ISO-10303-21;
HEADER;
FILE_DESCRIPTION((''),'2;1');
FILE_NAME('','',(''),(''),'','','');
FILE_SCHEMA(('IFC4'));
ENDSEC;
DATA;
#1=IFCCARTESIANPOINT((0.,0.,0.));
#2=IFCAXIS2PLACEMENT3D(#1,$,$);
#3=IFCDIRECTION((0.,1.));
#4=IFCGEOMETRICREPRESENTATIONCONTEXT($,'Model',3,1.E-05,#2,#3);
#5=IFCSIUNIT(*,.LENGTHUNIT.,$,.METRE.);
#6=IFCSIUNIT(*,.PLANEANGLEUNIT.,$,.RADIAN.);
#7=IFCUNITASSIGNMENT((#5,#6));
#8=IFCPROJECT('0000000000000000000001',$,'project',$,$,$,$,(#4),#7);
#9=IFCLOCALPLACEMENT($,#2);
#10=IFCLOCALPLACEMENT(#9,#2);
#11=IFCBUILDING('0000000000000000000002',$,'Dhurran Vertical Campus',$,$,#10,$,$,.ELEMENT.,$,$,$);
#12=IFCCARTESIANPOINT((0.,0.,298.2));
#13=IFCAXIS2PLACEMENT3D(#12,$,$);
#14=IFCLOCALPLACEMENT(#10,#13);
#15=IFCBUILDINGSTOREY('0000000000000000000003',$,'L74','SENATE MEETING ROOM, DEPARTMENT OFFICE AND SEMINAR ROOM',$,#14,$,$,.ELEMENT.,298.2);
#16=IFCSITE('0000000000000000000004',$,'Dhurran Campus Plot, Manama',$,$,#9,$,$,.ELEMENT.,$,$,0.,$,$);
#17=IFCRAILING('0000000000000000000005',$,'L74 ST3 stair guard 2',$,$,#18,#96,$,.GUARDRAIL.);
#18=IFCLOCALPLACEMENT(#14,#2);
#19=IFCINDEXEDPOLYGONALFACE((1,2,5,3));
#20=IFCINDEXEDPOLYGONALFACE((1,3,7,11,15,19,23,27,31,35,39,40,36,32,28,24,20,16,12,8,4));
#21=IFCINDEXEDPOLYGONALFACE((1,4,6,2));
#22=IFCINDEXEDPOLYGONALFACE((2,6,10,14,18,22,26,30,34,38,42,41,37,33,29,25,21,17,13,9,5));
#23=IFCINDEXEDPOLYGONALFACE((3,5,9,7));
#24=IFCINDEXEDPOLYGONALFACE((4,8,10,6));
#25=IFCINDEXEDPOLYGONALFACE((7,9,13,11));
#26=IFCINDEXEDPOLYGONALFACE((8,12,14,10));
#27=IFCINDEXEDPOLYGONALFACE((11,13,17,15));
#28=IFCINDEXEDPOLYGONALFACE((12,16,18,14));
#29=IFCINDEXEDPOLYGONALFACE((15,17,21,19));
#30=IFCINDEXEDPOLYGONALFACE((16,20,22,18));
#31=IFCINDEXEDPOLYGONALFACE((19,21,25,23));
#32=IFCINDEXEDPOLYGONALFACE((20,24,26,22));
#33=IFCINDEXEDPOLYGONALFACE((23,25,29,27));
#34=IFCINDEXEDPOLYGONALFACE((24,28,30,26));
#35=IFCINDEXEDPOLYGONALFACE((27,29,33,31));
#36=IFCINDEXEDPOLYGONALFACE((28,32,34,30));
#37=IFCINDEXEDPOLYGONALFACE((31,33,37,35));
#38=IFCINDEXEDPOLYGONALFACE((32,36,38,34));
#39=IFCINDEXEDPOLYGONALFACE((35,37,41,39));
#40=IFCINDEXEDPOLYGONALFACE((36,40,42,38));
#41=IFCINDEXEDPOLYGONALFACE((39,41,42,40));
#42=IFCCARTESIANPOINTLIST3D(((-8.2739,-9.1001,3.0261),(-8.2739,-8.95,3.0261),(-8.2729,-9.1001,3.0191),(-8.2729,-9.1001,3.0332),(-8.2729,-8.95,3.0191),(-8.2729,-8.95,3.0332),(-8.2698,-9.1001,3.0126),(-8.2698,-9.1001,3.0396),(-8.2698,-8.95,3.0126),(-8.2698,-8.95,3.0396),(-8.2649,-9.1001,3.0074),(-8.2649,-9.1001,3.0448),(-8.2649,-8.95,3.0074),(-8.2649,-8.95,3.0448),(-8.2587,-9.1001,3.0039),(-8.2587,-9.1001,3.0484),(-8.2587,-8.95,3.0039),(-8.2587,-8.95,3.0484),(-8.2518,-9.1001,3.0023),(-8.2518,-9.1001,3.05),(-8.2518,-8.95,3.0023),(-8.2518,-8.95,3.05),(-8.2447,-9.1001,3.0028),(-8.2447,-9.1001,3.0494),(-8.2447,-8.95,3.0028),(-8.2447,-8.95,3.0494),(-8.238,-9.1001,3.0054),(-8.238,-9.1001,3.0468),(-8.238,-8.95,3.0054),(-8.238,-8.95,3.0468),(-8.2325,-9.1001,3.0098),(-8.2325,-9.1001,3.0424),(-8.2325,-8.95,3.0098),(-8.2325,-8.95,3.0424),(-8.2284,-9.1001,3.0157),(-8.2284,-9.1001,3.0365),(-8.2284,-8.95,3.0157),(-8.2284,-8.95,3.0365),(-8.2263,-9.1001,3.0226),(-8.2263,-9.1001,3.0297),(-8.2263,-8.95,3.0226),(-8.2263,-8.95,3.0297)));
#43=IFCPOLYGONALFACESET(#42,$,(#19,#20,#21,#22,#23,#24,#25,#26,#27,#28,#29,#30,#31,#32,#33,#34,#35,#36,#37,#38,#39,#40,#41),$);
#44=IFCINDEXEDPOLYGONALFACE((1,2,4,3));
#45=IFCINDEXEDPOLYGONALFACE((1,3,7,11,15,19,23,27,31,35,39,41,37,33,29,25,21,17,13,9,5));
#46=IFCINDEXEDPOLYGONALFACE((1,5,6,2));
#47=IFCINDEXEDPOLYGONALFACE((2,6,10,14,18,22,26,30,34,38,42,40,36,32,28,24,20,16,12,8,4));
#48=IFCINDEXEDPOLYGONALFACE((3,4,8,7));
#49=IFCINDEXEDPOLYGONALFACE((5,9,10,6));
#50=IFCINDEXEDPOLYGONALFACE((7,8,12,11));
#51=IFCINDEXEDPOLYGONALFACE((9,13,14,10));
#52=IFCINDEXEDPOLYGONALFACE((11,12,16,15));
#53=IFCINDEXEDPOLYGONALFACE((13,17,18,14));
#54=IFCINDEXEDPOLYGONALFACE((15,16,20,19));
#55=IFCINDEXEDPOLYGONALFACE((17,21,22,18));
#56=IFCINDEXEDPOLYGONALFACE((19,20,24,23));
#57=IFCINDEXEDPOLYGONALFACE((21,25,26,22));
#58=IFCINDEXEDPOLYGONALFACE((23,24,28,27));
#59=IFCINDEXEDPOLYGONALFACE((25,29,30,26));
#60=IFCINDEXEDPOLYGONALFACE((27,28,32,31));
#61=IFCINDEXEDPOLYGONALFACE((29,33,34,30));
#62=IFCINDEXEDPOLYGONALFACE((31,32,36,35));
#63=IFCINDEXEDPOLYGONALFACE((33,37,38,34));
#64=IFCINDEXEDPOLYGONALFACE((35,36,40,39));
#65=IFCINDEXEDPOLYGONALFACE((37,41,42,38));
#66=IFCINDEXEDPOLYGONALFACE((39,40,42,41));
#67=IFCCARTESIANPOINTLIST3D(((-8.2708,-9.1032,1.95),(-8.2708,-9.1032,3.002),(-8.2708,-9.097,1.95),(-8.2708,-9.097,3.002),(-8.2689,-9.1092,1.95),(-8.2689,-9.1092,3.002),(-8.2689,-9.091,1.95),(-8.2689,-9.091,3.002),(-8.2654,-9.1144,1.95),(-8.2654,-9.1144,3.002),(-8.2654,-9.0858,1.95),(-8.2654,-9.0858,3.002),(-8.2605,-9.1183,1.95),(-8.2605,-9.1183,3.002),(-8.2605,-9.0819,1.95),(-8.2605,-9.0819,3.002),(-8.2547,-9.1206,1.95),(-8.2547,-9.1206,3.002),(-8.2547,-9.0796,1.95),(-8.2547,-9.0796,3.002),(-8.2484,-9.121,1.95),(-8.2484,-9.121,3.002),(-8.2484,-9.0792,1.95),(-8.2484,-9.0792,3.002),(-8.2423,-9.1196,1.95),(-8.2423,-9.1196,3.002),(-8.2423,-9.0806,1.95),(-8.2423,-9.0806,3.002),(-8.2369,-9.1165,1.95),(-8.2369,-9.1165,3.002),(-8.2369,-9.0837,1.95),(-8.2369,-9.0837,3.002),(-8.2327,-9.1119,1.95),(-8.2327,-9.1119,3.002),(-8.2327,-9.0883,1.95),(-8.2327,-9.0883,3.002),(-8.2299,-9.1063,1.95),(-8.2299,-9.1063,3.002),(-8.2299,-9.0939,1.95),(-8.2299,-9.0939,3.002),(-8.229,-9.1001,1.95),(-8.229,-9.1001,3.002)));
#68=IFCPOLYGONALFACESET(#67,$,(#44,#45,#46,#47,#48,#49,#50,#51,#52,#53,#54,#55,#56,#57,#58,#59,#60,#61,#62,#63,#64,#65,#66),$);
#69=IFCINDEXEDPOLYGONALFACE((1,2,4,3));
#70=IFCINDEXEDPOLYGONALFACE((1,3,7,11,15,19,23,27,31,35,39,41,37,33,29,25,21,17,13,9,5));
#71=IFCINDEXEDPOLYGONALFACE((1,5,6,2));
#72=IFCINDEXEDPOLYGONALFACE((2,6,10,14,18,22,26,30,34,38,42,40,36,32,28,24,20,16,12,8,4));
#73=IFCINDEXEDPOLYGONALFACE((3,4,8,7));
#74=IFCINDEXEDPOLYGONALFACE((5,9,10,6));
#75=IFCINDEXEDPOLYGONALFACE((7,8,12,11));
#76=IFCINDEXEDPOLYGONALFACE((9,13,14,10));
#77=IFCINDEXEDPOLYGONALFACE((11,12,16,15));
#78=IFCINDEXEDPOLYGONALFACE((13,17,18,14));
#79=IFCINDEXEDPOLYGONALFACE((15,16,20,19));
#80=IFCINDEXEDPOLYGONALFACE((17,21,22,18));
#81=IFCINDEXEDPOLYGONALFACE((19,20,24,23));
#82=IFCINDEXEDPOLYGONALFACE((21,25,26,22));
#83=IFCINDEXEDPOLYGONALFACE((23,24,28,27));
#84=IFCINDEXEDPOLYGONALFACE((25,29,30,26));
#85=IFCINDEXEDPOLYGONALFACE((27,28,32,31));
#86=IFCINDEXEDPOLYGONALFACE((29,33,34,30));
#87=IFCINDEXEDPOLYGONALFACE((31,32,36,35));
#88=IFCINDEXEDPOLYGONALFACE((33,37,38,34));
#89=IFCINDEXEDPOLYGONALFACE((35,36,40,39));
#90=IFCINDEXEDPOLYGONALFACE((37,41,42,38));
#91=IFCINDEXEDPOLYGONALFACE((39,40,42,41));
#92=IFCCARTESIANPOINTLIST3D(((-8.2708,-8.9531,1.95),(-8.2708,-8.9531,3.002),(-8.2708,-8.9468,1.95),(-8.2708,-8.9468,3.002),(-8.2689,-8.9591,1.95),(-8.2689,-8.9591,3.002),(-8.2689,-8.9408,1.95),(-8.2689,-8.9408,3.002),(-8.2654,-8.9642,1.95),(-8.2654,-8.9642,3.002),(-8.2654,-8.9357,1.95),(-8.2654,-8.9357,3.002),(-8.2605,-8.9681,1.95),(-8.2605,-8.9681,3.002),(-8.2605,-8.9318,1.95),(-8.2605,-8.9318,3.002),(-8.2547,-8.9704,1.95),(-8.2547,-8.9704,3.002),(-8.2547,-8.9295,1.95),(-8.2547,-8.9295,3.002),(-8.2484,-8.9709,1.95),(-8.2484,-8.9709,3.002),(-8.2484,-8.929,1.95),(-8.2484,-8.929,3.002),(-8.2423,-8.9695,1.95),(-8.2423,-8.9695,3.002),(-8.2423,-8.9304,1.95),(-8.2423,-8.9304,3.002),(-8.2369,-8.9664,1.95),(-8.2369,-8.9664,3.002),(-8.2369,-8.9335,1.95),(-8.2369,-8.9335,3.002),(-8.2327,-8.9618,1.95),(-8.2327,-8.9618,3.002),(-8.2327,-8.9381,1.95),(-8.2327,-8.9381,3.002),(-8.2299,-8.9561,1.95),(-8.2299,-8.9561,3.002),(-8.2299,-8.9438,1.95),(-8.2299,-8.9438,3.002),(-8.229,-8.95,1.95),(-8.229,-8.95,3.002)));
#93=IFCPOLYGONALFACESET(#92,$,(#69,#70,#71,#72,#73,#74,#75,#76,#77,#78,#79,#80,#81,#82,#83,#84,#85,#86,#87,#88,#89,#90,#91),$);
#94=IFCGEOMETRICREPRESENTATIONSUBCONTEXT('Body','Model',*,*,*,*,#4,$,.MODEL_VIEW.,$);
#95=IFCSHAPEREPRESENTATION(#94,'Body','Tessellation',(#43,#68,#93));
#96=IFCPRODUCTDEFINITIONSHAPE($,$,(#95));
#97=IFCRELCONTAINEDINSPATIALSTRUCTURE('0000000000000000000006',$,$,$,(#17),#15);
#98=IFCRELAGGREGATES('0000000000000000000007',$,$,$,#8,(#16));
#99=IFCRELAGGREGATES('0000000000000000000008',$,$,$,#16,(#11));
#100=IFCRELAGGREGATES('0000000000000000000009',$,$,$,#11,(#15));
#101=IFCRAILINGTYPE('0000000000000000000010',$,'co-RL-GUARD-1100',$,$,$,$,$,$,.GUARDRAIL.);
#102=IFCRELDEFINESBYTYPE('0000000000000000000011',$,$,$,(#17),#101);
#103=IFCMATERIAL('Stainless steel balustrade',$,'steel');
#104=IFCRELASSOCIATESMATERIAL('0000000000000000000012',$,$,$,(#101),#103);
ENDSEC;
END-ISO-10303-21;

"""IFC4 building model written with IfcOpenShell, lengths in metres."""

from ifc_helpers import new_model, si_unit, direction, frame, origin, origin_2d, place, context, subcontext, project, spatial, circle, extrude, material, type_object, element, save


model = new_model("IFC4")

# Units and contexts
model_context = context("Model", 3, precision=1e-05, world=origin(), true_north=direction((0.0, 1.0)))
body_context = subcontext(model_context, "Body", "Model", "MODEL_VIEW")
ifc_project = project(units=[si_unit("LENGTHUNIT", "METRE"), si_unit("PLANEANGLEUNIT", "RADIAN")], contexts=[model_context])

# Site, building, storey
site_placement = place(None, origin())
site = spatial("IfcSite", under=ifc_project, at=site_placement, Name="Dhurran Campus Plot, Manama", CompositionType="ELEMENT", RefElevation=0.0)
building_placement = place(site_placement, origin())
building = spatial("IfcBuilding", under=site, at=building_placement, Name="Dhurran Vertical Campus", CompositionType="ELEMENT")
storey_placement = place(building_placement, frame((0.0, 0.0, 298.2)))
storey = spatial("IfcBuildingStorey", under=building, at=storey_placement, Name="L74", Description="SENATE MEETING ROOM, DEPARTMENT OFFICE AND SEMINAR ROOM", CompositionType="ELEMENT", Elevation=298.2)

# Railing
ifc_material_1 = material(Name="Stainless steel balustrade", Category="steel")
railing_type_1 = type_object("IfcRailingType", Name="co-RL-GUARD-1100", PredefinedType="GUARDRAIL", material=ifc_material_1)
railing_1_placement = place(storey_placement, frame((-8.25, -9.1001, 1.95)))
element("IfcRailing", 1, at=railing_1_placement, inside=storey, type_object=railing_type_1, Name="L74 ST3 stair guard 2", PredefinedType="GUARDRAIL", context=body_context, shape_type="SweptSolid", body=[
    extrude(circle(Radius=0.0239, at=origin_2d()), frame((0.0, 0.0, 1.0762), z_axis=(0.0, 1.0, 0.0), x_axis=(-1.0, 0.0, 0.0)), (0.0, 0.0, 1.0), 0.1501),
    extrude(circle(Radius=0.021, at=origin_2d()), origin(), (0.0, 0.0, 1.0), 1.052),
    extrude(circle(Radius=0.021, at=origin_2d()), frame((0.0, 0.1501, 0.0)), (0.0, 0.0, 1.0), 1.052),
])

save(model, "model.ifc")
